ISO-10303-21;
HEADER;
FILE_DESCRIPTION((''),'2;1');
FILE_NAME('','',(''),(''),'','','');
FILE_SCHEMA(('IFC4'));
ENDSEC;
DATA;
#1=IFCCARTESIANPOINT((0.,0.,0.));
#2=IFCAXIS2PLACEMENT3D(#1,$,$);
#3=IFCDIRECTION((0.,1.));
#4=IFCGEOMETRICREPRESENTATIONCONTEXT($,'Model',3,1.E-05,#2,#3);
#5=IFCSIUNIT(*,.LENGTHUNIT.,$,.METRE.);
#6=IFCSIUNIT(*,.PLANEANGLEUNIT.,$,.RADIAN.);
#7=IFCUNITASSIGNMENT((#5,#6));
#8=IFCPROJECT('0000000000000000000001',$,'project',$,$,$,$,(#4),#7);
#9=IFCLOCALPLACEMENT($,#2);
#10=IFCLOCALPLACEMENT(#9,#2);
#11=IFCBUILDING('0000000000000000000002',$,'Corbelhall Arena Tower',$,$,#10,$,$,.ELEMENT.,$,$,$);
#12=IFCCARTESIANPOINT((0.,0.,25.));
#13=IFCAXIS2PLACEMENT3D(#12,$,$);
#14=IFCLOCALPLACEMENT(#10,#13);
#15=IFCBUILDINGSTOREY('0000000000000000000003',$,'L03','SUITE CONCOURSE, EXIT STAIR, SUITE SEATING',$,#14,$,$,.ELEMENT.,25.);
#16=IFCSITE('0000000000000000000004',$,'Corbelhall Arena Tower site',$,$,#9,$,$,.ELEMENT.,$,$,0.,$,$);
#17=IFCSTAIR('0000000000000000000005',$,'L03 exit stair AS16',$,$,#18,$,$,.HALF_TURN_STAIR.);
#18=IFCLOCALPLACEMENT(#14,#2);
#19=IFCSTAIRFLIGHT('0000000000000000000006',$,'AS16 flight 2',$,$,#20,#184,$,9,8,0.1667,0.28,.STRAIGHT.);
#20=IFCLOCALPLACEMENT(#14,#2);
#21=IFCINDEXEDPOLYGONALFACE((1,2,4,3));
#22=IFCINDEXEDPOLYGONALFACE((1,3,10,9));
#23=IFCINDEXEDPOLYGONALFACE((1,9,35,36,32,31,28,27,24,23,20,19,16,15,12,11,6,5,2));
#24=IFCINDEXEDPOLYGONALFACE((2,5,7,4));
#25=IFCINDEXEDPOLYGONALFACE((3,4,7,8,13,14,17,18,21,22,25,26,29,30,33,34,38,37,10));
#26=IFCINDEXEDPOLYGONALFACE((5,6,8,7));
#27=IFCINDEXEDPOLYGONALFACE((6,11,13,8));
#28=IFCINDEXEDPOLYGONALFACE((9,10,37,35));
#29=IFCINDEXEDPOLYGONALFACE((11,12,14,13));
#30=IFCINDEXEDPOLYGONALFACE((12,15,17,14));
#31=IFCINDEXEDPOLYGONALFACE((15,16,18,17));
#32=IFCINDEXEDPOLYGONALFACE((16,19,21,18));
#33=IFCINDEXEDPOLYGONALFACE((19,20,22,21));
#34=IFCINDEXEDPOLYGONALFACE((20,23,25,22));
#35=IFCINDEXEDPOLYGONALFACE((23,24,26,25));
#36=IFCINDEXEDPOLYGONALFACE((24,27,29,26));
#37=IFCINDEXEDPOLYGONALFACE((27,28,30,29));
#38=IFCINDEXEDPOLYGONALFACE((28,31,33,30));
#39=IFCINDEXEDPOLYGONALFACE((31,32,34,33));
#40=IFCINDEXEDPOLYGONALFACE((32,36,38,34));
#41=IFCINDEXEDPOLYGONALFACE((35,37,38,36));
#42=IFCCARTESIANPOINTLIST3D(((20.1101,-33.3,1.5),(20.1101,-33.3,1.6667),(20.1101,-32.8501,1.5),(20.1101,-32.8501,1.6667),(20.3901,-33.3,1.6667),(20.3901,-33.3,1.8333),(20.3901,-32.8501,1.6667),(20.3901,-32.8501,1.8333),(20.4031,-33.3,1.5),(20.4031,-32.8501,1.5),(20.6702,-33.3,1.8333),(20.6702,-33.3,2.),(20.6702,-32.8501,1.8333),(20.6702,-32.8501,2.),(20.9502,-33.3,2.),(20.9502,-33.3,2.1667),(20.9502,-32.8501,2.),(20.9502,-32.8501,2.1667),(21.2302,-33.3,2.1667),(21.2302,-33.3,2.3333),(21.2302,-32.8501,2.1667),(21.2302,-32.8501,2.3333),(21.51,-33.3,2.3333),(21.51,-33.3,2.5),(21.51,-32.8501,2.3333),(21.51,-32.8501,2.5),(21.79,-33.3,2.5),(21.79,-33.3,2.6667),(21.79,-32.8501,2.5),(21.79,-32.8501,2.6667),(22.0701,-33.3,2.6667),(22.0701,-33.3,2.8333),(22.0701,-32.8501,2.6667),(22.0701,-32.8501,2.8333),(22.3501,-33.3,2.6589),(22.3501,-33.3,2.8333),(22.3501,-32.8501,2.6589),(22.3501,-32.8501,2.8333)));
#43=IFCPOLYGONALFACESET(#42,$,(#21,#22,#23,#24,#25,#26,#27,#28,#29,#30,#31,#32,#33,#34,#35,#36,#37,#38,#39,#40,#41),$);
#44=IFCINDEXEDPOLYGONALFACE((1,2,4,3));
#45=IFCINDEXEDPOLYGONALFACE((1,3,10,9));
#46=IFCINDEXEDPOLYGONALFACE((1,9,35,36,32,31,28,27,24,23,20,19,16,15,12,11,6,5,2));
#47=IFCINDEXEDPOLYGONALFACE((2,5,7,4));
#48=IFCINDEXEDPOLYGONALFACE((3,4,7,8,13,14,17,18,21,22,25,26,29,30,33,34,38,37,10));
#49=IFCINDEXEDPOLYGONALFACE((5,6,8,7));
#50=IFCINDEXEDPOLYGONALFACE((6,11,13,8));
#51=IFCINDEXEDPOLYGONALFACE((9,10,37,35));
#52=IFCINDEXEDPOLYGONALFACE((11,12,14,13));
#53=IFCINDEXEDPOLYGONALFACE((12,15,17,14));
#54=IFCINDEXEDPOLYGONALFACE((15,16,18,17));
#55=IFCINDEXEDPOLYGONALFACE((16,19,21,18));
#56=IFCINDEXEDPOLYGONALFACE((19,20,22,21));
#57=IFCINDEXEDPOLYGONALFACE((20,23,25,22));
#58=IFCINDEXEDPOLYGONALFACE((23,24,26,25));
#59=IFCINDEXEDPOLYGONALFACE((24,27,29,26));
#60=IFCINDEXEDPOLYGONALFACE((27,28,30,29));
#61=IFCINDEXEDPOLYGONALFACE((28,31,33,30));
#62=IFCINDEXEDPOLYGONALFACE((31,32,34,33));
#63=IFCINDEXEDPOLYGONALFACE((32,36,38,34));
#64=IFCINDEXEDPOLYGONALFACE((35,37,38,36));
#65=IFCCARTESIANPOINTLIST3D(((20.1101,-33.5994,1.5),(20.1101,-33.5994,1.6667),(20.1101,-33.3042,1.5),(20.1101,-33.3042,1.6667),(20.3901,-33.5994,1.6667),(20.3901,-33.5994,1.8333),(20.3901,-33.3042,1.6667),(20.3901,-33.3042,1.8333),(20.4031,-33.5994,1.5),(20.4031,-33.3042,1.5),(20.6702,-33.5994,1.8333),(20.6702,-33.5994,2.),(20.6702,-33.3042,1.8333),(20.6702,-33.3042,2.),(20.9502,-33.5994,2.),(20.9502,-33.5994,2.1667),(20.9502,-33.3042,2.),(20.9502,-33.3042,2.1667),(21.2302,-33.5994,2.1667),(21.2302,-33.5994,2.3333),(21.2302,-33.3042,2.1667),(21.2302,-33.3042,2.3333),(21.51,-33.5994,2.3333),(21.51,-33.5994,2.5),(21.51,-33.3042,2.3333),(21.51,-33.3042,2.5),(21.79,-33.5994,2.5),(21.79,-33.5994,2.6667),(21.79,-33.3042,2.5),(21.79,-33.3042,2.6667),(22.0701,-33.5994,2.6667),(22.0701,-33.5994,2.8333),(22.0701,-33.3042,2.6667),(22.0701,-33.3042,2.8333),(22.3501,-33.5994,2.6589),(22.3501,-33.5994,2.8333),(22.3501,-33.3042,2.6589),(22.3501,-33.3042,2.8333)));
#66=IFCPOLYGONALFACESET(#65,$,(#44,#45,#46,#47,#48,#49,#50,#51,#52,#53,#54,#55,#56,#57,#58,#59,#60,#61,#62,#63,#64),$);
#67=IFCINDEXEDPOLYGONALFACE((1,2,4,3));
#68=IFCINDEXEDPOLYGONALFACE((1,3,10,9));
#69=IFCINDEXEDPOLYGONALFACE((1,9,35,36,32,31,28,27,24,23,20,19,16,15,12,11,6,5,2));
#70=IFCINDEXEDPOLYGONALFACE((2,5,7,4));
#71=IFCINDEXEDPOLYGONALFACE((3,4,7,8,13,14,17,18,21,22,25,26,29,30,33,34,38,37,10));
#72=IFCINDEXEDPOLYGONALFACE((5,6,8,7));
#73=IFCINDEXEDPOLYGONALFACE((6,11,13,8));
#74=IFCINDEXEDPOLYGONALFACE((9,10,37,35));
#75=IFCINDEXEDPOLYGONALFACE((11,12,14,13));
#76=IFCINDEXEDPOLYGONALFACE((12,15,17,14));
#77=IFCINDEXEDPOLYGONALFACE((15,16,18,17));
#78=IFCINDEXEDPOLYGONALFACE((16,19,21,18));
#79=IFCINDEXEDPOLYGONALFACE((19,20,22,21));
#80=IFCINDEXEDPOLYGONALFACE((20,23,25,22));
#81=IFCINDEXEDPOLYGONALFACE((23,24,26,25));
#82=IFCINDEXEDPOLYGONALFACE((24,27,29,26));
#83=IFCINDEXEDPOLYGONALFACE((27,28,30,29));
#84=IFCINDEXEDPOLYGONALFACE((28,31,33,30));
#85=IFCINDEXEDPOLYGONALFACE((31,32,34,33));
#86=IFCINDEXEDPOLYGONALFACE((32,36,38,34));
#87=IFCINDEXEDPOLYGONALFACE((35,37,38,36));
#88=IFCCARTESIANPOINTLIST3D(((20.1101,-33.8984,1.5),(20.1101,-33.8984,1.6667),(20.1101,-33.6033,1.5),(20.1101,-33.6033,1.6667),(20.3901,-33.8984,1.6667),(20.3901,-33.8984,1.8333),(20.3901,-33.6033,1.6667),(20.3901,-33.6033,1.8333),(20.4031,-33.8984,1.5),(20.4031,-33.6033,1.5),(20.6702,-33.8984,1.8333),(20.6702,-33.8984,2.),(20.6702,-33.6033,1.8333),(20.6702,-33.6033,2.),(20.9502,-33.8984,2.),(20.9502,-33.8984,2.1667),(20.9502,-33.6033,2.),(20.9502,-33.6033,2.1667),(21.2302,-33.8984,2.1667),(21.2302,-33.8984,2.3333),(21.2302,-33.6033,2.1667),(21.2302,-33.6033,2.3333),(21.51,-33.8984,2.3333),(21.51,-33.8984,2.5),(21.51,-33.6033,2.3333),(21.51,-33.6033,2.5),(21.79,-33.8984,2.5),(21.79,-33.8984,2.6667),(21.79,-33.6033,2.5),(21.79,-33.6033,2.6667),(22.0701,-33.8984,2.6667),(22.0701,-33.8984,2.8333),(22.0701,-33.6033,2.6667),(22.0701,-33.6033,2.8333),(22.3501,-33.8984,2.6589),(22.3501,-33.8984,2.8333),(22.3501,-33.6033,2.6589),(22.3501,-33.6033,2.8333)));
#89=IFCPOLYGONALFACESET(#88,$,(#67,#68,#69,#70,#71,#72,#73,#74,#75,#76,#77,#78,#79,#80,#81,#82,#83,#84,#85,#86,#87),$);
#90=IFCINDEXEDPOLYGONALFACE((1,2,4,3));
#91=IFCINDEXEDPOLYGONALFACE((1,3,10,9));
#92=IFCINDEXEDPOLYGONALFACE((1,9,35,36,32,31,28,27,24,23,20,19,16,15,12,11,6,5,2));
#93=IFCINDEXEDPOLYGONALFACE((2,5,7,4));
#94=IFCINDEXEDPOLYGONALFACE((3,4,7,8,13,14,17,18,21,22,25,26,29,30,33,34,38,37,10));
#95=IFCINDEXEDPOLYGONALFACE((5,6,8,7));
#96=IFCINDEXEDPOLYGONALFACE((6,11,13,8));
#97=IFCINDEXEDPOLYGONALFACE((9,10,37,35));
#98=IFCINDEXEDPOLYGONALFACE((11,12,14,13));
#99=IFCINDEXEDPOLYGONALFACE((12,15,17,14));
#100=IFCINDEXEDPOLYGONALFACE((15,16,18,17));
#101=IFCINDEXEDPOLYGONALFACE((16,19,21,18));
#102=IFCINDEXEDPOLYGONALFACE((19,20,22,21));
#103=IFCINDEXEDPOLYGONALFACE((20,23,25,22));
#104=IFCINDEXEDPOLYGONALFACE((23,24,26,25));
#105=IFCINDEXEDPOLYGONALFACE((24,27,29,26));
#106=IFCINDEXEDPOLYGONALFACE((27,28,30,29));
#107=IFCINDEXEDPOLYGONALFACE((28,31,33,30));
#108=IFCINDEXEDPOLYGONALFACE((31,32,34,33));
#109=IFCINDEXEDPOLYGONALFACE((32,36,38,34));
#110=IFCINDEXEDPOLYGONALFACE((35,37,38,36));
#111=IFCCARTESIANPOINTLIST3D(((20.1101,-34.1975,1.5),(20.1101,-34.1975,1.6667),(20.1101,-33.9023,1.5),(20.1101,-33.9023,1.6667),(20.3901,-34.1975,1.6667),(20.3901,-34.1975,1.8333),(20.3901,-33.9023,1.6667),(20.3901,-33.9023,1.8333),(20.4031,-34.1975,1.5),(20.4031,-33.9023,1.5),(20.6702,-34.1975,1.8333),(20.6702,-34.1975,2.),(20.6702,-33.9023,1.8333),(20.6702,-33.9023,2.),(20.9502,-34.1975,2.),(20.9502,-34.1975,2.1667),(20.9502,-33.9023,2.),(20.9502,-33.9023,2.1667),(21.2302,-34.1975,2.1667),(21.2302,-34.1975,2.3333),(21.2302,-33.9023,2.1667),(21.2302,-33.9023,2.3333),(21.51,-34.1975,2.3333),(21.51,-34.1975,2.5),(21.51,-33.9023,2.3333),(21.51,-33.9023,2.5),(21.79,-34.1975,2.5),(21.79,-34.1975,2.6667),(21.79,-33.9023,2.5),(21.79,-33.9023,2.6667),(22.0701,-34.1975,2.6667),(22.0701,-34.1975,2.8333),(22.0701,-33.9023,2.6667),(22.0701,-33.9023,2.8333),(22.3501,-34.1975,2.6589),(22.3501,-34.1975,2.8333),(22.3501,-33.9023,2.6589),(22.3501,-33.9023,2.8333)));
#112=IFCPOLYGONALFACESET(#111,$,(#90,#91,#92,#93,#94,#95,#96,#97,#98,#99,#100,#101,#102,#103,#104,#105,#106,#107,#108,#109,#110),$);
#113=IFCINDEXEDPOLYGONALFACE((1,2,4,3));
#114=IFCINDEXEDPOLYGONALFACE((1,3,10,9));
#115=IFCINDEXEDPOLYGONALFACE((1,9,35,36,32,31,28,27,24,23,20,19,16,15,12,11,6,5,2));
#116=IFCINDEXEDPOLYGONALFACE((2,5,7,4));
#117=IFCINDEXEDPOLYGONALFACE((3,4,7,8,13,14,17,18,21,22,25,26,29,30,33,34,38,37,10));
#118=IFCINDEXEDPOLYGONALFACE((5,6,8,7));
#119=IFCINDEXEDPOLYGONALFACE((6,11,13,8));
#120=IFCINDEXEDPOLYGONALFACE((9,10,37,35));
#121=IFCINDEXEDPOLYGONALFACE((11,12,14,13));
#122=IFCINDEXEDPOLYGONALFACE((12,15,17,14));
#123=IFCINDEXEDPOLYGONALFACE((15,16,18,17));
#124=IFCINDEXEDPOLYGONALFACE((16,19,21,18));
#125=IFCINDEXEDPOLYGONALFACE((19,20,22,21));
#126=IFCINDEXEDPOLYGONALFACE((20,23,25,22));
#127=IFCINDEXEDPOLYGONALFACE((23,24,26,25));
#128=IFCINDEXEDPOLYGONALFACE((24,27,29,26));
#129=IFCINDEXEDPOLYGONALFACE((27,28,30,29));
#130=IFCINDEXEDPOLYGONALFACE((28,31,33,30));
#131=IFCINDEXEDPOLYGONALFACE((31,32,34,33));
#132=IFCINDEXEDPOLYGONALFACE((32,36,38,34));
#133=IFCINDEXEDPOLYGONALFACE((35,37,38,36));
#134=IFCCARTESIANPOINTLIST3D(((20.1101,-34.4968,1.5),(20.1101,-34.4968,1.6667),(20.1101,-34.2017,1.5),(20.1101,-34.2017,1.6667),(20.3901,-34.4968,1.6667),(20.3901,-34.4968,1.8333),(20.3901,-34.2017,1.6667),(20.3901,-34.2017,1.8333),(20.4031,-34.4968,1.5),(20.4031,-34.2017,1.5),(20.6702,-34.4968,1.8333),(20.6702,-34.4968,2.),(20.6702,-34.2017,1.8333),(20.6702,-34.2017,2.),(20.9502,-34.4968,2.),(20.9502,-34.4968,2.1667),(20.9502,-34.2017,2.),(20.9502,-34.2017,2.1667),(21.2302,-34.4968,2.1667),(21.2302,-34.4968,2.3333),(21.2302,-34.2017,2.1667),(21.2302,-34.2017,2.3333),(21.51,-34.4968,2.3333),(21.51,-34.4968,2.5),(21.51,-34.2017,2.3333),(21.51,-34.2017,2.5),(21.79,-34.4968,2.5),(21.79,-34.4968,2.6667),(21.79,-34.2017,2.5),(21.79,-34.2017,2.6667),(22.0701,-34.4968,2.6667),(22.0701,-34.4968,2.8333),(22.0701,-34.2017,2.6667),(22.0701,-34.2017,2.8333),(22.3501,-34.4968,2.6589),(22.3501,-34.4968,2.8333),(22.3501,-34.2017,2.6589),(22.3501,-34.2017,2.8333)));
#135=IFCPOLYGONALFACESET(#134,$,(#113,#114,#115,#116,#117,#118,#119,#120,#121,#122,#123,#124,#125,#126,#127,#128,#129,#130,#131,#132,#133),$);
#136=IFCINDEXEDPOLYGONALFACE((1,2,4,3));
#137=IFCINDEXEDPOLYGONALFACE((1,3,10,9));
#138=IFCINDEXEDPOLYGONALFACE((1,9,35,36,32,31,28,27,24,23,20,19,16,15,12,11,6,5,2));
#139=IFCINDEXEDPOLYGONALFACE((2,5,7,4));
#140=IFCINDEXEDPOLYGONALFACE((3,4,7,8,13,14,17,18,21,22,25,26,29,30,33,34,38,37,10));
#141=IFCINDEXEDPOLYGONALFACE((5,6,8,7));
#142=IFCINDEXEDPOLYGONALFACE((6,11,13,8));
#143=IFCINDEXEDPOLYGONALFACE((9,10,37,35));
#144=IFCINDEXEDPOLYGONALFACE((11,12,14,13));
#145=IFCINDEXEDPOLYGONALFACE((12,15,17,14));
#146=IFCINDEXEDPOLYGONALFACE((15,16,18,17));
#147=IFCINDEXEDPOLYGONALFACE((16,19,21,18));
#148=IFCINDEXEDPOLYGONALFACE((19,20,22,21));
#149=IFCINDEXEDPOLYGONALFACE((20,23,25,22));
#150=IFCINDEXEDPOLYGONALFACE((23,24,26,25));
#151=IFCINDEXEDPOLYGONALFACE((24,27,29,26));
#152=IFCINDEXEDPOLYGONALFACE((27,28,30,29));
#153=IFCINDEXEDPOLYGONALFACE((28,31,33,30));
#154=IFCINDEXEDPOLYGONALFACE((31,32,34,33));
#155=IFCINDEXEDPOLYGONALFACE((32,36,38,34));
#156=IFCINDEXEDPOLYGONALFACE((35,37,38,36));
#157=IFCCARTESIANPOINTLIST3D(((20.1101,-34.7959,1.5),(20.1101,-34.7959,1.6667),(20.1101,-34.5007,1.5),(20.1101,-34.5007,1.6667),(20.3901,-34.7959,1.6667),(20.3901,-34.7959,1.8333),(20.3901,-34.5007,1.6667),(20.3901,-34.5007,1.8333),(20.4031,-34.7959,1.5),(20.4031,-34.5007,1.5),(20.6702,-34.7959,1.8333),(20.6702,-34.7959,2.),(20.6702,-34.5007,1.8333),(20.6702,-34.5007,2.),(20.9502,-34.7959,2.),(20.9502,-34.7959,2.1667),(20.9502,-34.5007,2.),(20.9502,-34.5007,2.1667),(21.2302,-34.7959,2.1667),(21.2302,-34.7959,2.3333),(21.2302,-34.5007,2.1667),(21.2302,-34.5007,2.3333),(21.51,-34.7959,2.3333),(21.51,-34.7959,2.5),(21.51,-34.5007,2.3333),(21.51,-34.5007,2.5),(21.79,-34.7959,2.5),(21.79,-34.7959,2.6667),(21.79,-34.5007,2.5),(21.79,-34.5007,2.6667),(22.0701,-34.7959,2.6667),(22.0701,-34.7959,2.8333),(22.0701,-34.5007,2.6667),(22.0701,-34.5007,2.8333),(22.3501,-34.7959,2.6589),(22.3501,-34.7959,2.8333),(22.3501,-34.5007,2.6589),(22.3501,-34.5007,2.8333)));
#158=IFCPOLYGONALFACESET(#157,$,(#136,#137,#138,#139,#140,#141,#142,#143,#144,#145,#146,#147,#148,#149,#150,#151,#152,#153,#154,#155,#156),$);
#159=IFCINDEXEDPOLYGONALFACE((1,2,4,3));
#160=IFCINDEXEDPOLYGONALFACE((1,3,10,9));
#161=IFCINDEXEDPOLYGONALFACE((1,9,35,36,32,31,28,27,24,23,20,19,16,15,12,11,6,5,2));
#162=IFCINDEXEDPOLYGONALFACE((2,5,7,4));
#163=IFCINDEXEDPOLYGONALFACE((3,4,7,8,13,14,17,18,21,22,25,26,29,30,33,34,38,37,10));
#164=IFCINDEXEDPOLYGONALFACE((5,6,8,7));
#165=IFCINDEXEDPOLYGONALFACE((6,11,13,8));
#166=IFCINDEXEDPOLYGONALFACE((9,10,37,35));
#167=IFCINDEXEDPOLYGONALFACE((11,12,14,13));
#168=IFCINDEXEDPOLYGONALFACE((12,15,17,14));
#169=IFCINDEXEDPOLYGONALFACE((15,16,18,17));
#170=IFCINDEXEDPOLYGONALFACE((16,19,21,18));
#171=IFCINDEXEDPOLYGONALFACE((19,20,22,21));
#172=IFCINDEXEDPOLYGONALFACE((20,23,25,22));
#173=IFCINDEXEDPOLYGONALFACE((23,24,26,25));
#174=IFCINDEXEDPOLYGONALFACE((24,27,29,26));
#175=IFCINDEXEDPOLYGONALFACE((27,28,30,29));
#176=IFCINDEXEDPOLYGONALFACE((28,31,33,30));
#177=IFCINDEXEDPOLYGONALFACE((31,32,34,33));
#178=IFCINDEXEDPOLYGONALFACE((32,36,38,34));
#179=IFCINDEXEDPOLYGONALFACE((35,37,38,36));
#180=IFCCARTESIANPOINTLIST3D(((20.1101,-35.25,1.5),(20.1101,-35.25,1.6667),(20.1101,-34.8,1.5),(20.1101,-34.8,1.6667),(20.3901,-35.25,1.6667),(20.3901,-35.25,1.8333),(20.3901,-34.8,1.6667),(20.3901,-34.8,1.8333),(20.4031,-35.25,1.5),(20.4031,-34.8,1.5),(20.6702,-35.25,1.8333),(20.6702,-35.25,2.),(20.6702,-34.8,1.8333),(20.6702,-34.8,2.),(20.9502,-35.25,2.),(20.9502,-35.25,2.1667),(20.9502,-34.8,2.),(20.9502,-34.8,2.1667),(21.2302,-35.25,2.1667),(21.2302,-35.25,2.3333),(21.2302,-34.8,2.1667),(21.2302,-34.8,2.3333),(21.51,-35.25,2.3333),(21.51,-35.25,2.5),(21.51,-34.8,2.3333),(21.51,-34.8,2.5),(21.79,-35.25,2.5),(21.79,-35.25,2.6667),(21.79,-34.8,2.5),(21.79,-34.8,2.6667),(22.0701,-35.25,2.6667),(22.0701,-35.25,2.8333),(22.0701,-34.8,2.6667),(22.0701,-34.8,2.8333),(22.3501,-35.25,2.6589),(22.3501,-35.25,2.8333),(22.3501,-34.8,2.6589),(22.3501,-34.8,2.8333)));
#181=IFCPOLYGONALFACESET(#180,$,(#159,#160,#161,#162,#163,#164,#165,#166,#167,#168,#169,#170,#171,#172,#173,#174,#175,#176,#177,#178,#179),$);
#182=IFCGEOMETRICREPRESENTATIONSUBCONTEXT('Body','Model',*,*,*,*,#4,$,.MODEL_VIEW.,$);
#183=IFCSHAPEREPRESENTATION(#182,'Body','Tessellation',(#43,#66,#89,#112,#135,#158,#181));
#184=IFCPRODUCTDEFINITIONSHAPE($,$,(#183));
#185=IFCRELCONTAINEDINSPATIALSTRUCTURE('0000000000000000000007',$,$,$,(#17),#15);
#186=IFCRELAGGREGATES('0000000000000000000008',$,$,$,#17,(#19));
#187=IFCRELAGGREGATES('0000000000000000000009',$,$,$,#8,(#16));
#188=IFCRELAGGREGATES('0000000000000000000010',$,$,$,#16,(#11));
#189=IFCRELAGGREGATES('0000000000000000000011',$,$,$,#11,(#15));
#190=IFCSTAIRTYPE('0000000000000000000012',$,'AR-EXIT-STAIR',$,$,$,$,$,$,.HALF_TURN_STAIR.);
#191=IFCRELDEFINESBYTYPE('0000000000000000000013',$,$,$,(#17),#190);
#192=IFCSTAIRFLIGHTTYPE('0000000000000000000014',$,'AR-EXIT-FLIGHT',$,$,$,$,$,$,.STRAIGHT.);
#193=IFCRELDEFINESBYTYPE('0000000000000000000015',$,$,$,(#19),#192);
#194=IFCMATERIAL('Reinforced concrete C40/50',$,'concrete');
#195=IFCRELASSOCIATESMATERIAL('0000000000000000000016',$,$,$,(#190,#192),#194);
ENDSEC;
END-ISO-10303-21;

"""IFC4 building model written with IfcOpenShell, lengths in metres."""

from ifc_helpers import new_model, si_unit, direction, frame, origin, place, context, subcontext, project, spatial, polyline, outline, extrude, material, type_object, element, aggregate, save


model = new_model("IFC4")

# Units and contexts
model_context = context("Model", 3, precision=1e-05, world=origin(), true_north=direction((0.0, 1.0)))
body_context = subcontext(model_context, "Body", "Model", "MODEL_VIEW")
ifc_project = project(units=[si_unit("LENGTHUNIT", "METRE"), si_unit("PLANEANGLEUNIT", "RADIAN")], contexts=[model_context])

# Site, building, storey
site_placement = place(None, origin())
site = spatial("IfcSite", under=ifc_project, at=site_placement, Name="Corbelhall Arena Tower site", CompositionType="ELEMENT", RefElevation=0.0)
building_placement = place(site_placement, origin())
building = spatial("IfcBuilding", under=site, at=building_placement, Name="Corbelhall Arena Tower", CompositionType="ELEMENT")
storey_placement = place(building_placement, frame((0.0, 0.0, 25.0)))
storey = spatial("IfcBuildingStorey", under=building, at=storey_placement, Name="L03", Description="SUITE CONCOURSE, EXIT STAIR, SUITE SEATING", CompositionType="ELEMENT", Elevation=25.0)

# Shared definitions
ifc_material_1 = material(Name="Reinforced concrete C40/50", Category="concrete")

# Stair, stair flight
stair_type = type_object("IfcStairType", Name="AR-EXIT-STAIR", PredefinedType="HALF_TURN_STAIR", material=ifc_material_1)
stair_placement = place(storey_placement, origin())
stair = element("IfcStair", 1, at=stair_placement, inside=storey, type_object=stair_type, Name="L03 exit stair AS16", PredefinedType="HALF_TURN_STAIR")
stair_flight_type = type_object("IfcStairFlightType", Name="AR-EXIT-FLIGHT", PredefinedType="STRAIGHT", material=ifc_material_1)
stair_flight_1_placement = place(storey_placement, frame((20.1101, -34.05, 1.5), z_axis=(0.0, 0.0, 1.0), x_axis=(1.0, 0.0, 0.0)))
stair_flight_1 = element("IfcStairFlight", 2, at=stair_flight_1_placement, type_object=stair_flight_type, Name="AS16 flight 2", NumberOfRisers=9, NumberOfTreads=8, PredefinedType="STRAIGHT", RiserHeight=0.1667, TreadLength=0.28, context=body_context, shape_type="SweptSolid", body=[
    extrude(outline(polyline([(0.0, 0.0), (0.0, 0.1667), (0.28, 0.1667), (0.28, 0.3333), (0.5601, 0.3333), (0.5601, 0.5), (0.8401, 0.5), (0.8401, 0.6667), (1.1201, 0.6667), (1.1201, 0.8333), (1.3999, 0.8333), (1.3999, 1.0), (1.6799, 1.0), (1.6799, 1.1667), (1.96, 1.1667), (1.96, 1.3333), (2.24, 1.3333), (2.24, 1.5), (2.24, 1.1589), (0.293, 0.0), (0.0, 0.0)])), frame((0.0, 1.2, 0.0), z_axis=(0.0, -1.0, 0.0), x_axis=(1.0, 0.0, 0.0)), (0.0, 0.0, 1.0), 0.45),
    extrude(outline(polyline([(0.0, 0.0), (0.0, 0.1667), (0.28, 0.1667), (0.28, 0.3333), (0.5601, 0.3333), (0.5601, 0.5), (0.8401, 0.5), (0.8401, 0.6667), (1.1201, 0.6667), (1.1201, 0.8333), (1.3999, 0.8333), (1.3999, 1.0), (1.6799, 1.0), (1.6799, 1.1667), (1.96, 1.1667), (1.96, 1.3333), (2.24, 1.3333), (2.24, 1.5), (2.24, 1.1589), (0.293, 0.0), (0.0, 0.0)])), frame((0.0, 0.7458, 0.0), z_axis=(0.0, -1.0, 0.0), x_axis=(1.0, 0.0, 0.0)), (0.0, 0.0, 1.0), 0.2952),
    extrude(outline(polyline([(0.0, 0.0), (0.0, 0.1667), (0.28, 0.1667), (0.28, 0.3333), (0.5601, 0.3333), (0.5601, 0.5), (0.8401, 0.5), (0.8401, 0.6667), (1.1201, 0.6667), (1.1201, 0.8333), (1.3999, 0.8333), (1.3999, 1.0), (1.6799, 1.0), (1.6799, 1.1667), (1.96, 1.1667), (1.96, 1.3333), (2.24, 1.3333), (2.24, 1.5), (2.24, 1.1589), (0.293, 0.0), (0.0, 0.0)])), frame((0.0, 0.4468, 0.0), z_axis=(0.0, -1.0, 0.0), x_axis=(1.0, 0.0, 0.0)), (0.0, 0.0, 1.0), 0.2952),
    extrude(outline(polyline([(0.0, 0.0), (0.0, 0.1667), (0.28, 0.1667), (0.28, 0.3333), (0.5601, 0.3333), (0.5601, 0.5), (0.8401, 0.5), (0.8401, 0.6667), (1.1201, 0.6667), (1.1201, 0.8333), (1.3999, 0.8333), (1.3999, 1.0), (1.6799, 1.0), (1.6799, 1.1667), (1.96, 1.1667), (1.96, 1.3333), (2.24, 1.3333), (2.24, 1.5), (2.24, 1.1589), (0.293, 0.0), (0.0, 0.0)])), frame((0.0, 0.1477, 0.0), z_axis=(0.0, -1.0, 0.0), x_axis=(1.0, 0.0, 0.0)), (0.0, 0.0, 1.0), 0.2952),
    extrude(outline(polyline([(0.0, 0.0), (0.0, 0.1667), (0.28, 0.1667), (0.28, 0.3333), (0.5601, 0.3333), (0.5601, 0.5), (0.8401, 0.5), (0.8401, 0.6667), (1.1201, 0.6667), (1.1201, 0.8333), (1.3999, 0.8333), (1.3999, 1.0), (1.6799, 1.0), (1.6799, 1.1667), (1.96, 1.1667), (1.96, 1.3333), (2.24, 1.3333), (2.24, 1.5), (2.24, 1.1589), (0.293, 0.0), (0.0, 0.0)])), frame((0.0, -0.1516, 0.0), z_axis=(0.0, -1.0, 0.0), x_axis=(1.0, 0.0, 0.0)), (0.0, 0.0, 1.0), 0.2952),
    extrude(outline(polyline([(0.0, 0.0), (0.0, 0.1667), (0.28, 0.1667), (0.28, 0.3333), (0.5601, 0.3333), (0.5601, 0.5), (0.8401, 0.5), (0.8401, 0.6667), (1.1201, 0.6667), (1.1201, 0.8333), (1.3999, 0.8333), (1.3999, 1.0), (1.6799, 1.0), (1.6799, 1.1667), (1.96, 1.1667), (1.96, 1.3333), (2.24, 1.3333), (2.24, 1.5), (2.24, 1.1589), (0.293, 0.0), (0.0, 0.0)])), frame((0.0, -0.4507, 0.0), z_axis=(0.0, -1.0, 0.0), x_axis=(1.0, 0.0, 0.0)), (0.0, 0.0, 1.0), 0.2952),
    extrude(outline(polyline([(0.0, 0.0), (0.0, 0.1667), (0.28, 0.1667), (0.28, 0.3333), (0.5601, 0.3333), (0.5601, 0.5), (0.8401, 0.5), (0.8401, 0.6667), (1.1201, 0.6667), (1.1201, 0.8333), (1.3999, 0.8333), (1.3999, 1.0), (1.6799, 1.0), (1.6799, 1.1667), (1.96, 1.1667), (1.96, 1.3333), (2.24, 1.3333), (2.24, 1.5), (2.24, 1.1589), (0.293, 0.0), (0.0, 0.0)])), frame((0.0, -0.75, 0.0), z_axis=(0.0, -1.0, 0.0), x_axis=(1.0, 0.0, 0.0)), (0.0, 0.0, 1.0), 0.45),
])
aggregate(stair, [stair_flight_1])

save(model, "model.ifc")
